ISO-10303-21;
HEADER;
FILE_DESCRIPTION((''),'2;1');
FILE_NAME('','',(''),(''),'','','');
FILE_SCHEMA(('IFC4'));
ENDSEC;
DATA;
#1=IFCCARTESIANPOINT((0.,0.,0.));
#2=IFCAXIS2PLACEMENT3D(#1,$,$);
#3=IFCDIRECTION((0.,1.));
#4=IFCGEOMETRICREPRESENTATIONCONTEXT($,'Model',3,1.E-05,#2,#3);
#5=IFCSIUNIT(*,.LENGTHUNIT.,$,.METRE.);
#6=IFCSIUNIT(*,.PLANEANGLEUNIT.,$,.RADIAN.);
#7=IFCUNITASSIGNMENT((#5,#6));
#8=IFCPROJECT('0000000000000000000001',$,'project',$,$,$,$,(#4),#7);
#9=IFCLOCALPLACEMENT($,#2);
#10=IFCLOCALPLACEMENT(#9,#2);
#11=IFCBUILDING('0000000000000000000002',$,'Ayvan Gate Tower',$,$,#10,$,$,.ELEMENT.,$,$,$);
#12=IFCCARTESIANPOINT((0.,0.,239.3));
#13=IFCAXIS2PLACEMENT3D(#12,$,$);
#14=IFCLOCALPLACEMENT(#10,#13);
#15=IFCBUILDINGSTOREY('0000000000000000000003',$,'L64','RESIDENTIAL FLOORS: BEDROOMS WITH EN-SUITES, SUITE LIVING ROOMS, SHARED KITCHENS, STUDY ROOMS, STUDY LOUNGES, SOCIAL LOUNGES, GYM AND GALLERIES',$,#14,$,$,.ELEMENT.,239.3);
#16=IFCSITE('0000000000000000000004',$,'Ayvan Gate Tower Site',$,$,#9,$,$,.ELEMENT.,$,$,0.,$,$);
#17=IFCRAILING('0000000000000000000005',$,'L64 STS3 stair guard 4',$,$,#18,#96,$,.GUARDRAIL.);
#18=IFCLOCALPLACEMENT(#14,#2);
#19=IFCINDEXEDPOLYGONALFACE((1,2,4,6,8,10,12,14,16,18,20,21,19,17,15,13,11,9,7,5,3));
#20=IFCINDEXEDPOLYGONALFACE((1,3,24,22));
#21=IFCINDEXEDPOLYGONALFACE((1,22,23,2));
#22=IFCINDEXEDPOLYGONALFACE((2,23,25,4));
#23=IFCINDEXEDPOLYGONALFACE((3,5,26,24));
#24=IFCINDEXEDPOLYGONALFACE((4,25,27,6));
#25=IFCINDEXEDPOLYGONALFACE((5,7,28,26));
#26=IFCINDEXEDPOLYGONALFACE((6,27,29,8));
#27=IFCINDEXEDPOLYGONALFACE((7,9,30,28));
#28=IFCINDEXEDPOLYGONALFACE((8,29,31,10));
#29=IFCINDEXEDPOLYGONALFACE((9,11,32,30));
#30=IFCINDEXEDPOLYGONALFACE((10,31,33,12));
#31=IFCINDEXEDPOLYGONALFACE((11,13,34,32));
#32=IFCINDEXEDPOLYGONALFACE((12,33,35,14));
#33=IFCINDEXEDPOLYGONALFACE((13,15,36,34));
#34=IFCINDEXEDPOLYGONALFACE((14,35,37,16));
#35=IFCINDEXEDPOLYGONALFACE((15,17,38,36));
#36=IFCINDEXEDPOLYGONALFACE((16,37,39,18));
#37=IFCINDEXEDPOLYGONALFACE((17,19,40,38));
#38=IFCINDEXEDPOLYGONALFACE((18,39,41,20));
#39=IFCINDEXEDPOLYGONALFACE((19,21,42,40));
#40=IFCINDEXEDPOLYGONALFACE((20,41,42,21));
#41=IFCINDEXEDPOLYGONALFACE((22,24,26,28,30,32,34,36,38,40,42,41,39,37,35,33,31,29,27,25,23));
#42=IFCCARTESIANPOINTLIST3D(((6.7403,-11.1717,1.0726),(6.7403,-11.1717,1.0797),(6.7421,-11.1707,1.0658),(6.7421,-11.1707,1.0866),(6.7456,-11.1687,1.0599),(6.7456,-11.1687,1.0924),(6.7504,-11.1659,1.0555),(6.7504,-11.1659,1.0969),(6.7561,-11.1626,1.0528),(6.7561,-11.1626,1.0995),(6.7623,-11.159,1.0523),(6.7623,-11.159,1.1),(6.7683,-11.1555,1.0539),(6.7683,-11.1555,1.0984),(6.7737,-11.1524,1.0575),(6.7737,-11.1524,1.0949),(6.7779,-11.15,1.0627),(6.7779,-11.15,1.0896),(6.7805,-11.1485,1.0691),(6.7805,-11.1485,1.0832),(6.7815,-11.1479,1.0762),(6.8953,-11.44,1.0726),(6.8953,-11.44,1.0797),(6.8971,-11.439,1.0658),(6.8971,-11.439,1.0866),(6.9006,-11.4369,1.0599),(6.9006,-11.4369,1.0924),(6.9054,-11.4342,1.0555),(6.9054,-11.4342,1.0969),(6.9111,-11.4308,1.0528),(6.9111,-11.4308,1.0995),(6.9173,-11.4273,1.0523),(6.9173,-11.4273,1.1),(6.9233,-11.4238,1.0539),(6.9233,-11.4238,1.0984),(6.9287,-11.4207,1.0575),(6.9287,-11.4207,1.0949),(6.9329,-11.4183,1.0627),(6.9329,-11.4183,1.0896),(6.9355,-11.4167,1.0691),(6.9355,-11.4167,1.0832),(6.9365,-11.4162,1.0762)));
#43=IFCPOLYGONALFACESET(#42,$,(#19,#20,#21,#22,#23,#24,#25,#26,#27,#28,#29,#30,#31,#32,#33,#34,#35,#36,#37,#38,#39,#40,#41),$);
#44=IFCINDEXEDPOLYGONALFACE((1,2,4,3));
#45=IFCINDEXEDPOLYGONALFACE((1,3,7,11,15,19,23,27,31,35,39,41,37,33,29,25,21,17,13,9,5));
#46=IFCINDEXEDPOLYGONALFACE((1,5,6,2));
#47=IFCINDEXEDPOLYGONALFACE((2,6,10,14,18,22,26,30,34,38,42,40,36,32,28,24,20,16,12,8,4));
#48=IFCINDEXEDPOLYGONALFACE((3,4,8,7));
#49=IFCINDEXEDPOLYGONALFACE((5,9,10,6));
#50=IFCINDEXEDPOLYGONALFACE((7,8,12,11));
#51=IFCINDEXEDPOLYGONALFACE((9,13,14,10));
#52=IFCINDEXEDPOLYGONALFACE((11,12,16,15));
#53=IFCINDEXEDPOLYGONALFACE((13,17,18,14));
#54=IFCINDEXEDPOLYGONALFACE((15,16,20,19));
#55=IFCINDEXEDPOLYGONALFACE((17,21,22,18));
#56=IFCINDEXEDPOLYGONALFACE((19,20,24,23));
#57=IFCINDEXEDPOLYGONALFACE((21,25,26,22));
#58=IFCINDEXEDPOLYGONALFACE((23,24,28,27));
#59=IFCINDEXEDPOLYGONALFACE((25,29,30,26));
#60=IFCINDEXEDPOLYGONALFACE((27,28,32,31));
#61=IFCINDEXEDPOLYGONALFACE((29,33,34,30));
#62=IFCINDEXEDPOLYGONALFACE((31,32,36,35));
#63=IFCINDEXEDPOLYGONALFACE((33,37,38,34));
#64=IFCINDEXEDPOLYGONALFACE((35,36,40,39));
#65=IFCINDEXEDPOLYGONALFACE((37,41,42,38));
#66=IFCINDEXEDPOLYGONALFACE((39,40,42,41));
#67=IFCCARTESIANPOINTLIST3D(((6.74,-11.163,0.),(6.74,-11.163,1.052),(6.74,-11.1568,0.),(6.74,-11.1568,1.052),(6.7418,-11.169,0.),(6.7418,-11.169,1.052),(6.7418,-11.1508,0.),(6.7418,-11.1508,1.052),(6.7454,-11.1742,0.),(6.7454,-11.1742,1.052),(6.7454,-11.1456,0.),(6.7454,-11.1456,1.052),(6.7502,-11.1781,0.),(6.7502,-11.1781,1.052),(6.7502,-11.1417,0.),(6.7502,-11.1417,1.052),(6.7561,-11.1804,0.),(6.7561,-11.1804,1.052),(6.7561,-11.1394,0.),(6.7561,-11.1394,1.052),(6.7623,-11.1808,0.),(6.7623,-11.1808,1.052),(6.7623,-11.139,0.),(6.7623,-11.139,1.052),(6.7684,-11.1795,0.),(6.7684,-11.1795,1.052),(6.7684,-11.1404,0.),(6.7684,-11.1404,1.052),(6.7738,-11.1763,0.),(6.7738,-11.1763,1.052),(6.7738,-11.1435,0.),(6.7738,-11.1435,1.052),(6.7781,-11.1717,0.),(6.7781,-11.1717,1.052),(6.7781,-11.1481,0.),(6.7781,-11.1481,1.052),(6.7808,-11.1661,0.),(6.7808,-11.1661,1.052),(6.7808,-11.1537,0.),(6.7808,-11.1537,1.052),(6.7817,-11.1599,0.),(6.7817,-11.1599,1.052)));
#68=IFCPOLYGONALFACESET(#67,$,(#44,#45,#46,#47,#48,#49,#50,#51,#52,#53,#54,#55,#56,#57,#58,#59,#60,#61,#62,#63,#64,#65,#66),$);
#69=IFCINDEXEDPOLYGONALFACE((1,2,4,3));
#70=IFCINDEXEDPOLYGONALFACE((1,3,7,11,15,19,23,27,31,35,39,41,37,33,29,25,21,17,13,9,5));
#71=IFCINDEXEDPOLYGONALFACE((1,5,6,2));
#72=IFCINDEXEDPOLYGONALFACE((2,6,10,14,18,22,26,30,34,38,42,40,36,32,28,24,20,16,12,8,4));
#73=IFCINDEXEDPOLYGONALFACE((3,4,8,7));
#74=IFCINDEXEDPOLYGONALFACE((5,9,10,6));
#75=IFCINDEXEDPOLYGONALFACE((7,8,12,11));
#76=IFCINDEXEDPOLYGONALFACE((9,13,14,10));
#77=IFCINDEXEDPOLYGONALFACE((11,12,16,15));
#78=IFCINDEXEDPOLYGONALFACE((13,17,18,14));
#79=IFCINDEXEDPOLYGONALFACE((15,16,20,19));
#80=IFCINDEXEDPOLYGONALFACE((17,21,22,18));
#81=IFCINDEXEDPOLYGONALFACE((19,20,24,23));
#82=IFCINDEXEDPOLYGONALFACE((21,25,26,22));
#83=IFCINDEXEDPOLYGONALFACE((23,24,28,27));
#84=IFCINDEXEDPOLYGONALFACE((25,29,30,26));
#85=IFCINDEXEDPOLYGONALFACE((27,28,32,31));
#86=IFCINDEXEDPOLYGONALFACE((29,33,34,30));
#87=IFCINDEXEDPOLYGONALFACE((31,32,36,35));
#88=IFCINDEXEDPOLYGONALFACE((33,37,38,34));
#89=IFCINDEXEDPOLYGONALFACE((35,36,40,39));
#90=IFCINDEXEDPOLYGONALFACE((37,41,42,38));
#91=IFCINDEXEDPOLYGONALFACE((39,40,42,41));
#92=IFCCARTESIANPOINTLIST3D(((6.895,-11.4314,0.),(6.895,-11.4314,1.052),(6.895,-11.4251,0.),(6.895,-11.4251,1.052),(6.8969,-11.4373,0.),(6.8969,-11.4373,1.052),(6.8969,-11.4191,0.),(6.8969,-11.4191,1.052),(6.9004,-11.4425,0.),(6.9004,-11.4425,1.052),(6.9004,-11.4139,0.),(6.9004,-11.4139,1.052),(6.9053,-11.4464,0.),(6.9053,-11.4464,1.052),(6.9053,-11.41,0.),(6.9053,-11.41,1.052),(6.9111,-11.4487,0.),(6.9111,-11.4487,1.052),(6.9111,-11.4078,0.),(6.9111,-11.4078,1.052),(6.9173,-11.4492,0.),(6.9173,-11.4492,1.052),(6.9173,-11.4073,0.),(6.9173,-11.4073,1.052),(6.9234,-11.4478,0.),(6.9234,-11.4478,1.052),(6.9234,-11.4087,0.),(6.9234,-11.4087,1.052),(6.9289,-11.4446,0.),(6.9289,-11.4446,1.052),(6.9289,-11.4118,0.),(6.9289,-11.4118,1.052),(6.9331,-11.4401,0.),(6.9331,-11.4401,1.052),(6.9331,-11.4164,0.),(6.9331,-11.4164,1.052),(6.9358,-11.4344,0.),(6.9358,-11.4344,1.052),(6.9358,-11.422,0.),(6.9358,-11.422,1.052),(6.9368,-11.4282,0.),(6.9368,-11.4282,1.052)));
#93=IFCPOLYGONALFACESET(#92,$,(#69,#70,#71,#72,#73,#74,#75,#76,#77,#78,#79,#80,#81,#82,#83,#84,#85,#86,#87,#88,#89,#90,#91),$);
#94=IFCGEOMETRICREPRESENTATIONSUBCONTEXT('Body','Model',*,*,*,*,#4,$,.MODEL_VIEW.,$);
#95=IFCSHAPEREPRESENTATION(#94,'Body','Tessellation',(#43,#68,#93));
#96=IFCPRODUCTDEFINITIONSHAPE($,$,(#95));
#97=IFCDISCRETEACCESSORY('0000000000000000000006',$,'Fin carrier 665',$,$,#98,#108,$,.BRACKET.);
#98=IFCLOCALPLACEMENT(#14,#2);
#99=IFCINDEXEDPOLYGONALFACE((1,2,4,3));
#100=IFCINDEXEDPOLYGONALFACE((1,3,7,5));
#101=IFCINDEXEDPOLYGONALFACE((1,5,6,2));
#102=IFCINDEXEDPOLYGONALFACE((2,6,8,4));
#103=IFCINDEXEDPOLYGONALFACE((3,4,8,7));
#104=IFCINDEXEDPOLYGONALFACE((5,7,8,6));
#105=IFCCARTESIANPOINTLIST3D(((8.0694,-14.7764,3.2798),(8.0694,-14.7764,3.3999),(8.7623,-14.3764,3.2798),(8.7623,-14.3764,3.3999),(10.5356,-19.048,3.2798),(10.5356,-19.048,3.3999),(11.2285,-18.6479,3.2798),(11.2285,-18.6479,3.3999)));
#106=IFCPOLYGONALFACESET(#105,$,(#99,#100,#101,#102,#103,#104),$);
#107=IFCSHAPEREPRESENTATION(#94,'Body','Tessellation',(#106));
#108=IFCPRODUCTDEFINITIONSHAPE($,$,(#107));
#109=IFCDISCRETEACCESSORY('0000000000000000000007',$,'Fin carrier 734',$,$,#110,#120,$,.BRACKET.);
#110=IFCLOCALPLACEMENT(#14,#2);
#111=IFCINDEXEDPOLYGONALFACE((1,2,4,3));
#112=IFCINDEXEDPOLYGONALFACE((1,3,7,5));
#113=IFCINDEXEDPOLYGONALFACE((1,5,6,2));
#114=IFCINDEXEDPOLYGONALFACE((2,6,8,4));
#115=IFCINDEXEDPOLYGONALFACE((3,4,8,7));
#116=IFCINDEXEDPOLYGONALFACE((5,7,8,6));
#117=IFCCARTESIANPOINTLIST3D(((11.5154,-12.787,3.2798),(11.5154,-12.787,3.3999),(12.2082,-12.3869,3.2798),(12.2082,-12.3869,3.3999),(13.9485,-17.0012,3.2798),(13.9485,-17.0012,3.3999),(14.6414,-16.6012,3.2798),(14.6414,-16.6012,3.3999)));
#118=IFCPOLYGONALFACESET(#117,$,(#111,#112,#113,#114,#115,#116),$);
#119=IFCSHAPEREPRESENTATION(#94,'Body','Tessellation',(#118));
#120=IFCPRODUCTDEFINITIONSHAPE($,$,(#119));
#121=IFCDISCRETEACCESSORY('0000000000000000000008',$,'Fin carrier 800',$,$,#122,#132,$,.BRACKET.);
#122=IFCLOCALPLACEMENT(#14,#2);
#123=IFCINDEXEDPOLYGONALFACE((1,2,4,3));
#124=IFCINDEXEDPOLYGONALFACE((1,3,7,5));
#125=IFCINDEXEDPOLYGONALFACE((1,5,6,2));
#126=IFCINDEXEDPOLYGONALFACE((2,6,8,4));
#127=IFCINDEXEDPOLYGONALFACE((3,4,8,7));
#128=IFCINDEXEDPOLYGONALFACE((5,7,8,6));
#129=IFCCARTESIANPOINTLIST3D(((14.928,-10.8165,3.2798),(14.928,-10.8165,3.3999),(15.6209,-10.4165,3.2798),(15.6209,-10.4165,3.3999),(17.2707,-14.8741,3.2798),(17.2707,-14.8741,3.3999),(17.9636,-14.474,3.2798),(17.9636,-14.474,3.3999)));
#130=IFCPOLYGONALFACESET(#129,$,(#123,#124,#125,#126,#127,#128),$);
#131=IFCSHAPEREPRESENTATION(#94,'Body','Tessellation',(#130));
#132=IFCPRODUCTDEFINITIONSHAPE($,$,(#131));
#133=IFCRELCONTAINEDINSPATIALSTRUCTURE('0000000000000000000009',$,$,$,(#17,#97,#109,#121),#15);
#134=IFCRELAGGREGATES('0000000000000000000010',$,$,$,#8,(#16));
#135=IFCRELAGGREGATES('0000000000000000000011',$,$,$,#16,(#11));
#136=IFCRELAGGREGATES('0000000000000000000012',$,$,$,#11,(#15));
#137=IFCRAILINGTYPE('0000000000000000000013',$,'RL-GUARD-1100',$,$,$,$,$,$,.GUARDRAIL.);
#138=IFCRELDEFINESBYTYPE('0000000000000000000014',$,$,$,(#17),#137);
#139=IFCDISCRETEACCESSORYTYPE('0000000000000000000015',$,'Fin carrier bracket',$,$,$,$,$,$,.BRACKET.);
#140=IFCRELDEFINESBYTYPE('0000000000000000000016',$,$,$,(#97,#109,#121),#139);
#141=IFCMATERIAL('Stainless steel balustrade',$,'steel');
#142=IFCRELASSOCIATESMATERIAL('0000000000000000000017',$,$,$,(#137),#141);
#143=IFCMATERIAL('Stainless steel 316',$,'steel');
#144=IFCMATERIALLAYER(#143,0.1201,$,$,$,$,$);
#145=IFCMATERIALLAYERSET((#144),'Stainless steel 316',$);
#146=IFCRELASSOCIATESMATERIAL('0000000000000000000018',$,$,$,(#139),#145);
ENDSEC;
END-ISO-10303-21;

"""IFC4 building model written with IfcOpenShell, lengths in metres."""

from ifc_helpers import new_model, si_unit, direction, frame, origin, origin_2d, place, context, subcontext, project, spatial, rectangle, circle, extrude, material, layer, layer_set, type_object, element, save


model = new_model("IFC4")

# Units and contexts
model_context = context("Model", 3, precision=1e-05, world=origin(), true_north=direction((0.0, 1.0)))
body_context = subcontext(model_context, "Body", "Model", "MODEL_VIEW")
ifc_project = project(units=[si_unit("LENGTHUNIT", "METRE"), si_unit("PLANEANGLEUNIT", "RADIAN")], contexts=[model_context])

# Site, building, storey
site_placement = place(None, origin())
site = spatial("IfcSite", under=ifc_project, at=site_placement, Name="Ayvan Gate Tower Site", CompositionType="ELEMENT", RefElevation=0.0)
building_placement = place(site_placement, origin())
building = spatial("IfcBuilding", under=site, at=building_placement, Name="Ayvan Gate Tower", CompositionType="ELEMENT")
storey_placement = place(building_placement, frame((0.0, 0.0, 239.3)))
storey = spatial("IfcBuildingStorey", under=building, at=storey_placement, Name="L64", Description="RESIDENTIAL FLOORS: BEDROOMS WITH EN-SUITES, SUITE LIVING ROOMS, SHARED KITCHENS, STUDY ROOMS, STUDY LOUNGES, SOCIAL LOUNGES, GYM AND GALLERIES", CompositionType="ELEMENT", Elevation=239.3)

# Railing
ifc_material_1 = material(Name="Stainless steel balustrade", Category="steel")
railing_type = type_object("IfcRailingType", Name="RL-GUARD-1100", PredefinedType="GUARDRAIL", material=ifc_material_1)
railing_placement = place(storey_placement, frame((6.7607, -11.1599, 0.0)))
element("IfcRailing", 1, at=railing_placement, inside=storey, type_object=railing_type, Name="L64 STS3 stair guard 4", PredefinedType="GUARDRAIL", context=body_context, shape_type="SweptSolid", body=[
    extrude(circle(Radius=0.0239, at=origin_2d()), frame((0.0, 0.0, 1.0762), z_axis=(0.500291, -0.865857, 0.0), x_axis=(0.865857, 0.500291, 0.0)), (0.0, 0.0, 1.0), 0.3098),
    extrude(circle(Radius=0.021, at=origin_2d()), origin(), (0.0, 0.0, 1.0), 1.052),
    extrude(circle(Radius=0.021, at=origin_2d()), frame((0.155, -0.2683, 0.0)), (0.0, 0.0, 1.0), 1.052),
])

# Discrete accessories
ifc_material_2 = material(Name="Stainless steel 316", Category="steel")
ifc_layer_1 = layer(ifc_material_2, 0.1201)
ifc_layer_set_1 = layer_set([ifc_layer_1], Name="Stainless steel 316")
discrete_accessory_type = type_object("IfcDiscreteAccessoryType", Name="Fin carrier bracket", PredefinedType="BRACKET", material=ifc_layer_set_1)
discrete_accessory_1_placement = place(storey_placement, frame((9.6489, -16.7122, 3.2798), z_axis=(0.0, 0.0, 1.0), x_axis=(0.866025, 0.5, 0.0)))
element("IfcDiscreteAccessory", 2, at=discrete_accessory_1_placement, inside=storey, type_object=discrete_accessory_type, Name="Fin carrier 665", PredefinedType="BRACKET", context=body_context, shape_type="SweptSolid", body=[
    extrude(rectangle(XDim=0.8, YDim=4.9324, at=origin_2d()), origin(), (0.0, 0.0, 1.0), 0.1201),
])
discrete_accessory_2_placement = place(storey_placement, frame((13.0784, -14.6941, 3.2798), z_axis=(0.0, 0.0, 1.0), x_axis=(0.866025, 0.5, 0.0)))
element("IfcDiscreteAccessory", 3, at=discrete_accessory_2_placement, inside=storey, type_object=discrete_accessory_type, Name="Fin carrier 734", PredefinedType="BRACKET", context=body_context, shape_type="SweptSolid", body=[
    extrude(rectangle(XDim=0.8, YDim=4.8662, at=origin_2d()), origin(), (0.0, 0.0, 1.0), 0.1201),
])
discrete_accessory_3_placement = place(storey_placement, frame((16.4458, -12.6453, 3.2798), z_axis=(0.0, 0.0, 1.0), x_axis=(0.866025, 0.5, 0.0)))
element("IfcDiscreteAccessory", 4, at=discrete_accessory_3_placement, inside=storey, type_object=discrete_accessory_type, Name="Fin carrier 800", PredefinedType="BRACKET", context=body_context, shape_type="SweptSolid", body=[
    extrude(rectangle(XDim=0.8, YDim=4.6853, at=origin_2d()), origin(), (0.0, 0.0, 1.0), 0.1201),
])

save(model, "model.ifc")
